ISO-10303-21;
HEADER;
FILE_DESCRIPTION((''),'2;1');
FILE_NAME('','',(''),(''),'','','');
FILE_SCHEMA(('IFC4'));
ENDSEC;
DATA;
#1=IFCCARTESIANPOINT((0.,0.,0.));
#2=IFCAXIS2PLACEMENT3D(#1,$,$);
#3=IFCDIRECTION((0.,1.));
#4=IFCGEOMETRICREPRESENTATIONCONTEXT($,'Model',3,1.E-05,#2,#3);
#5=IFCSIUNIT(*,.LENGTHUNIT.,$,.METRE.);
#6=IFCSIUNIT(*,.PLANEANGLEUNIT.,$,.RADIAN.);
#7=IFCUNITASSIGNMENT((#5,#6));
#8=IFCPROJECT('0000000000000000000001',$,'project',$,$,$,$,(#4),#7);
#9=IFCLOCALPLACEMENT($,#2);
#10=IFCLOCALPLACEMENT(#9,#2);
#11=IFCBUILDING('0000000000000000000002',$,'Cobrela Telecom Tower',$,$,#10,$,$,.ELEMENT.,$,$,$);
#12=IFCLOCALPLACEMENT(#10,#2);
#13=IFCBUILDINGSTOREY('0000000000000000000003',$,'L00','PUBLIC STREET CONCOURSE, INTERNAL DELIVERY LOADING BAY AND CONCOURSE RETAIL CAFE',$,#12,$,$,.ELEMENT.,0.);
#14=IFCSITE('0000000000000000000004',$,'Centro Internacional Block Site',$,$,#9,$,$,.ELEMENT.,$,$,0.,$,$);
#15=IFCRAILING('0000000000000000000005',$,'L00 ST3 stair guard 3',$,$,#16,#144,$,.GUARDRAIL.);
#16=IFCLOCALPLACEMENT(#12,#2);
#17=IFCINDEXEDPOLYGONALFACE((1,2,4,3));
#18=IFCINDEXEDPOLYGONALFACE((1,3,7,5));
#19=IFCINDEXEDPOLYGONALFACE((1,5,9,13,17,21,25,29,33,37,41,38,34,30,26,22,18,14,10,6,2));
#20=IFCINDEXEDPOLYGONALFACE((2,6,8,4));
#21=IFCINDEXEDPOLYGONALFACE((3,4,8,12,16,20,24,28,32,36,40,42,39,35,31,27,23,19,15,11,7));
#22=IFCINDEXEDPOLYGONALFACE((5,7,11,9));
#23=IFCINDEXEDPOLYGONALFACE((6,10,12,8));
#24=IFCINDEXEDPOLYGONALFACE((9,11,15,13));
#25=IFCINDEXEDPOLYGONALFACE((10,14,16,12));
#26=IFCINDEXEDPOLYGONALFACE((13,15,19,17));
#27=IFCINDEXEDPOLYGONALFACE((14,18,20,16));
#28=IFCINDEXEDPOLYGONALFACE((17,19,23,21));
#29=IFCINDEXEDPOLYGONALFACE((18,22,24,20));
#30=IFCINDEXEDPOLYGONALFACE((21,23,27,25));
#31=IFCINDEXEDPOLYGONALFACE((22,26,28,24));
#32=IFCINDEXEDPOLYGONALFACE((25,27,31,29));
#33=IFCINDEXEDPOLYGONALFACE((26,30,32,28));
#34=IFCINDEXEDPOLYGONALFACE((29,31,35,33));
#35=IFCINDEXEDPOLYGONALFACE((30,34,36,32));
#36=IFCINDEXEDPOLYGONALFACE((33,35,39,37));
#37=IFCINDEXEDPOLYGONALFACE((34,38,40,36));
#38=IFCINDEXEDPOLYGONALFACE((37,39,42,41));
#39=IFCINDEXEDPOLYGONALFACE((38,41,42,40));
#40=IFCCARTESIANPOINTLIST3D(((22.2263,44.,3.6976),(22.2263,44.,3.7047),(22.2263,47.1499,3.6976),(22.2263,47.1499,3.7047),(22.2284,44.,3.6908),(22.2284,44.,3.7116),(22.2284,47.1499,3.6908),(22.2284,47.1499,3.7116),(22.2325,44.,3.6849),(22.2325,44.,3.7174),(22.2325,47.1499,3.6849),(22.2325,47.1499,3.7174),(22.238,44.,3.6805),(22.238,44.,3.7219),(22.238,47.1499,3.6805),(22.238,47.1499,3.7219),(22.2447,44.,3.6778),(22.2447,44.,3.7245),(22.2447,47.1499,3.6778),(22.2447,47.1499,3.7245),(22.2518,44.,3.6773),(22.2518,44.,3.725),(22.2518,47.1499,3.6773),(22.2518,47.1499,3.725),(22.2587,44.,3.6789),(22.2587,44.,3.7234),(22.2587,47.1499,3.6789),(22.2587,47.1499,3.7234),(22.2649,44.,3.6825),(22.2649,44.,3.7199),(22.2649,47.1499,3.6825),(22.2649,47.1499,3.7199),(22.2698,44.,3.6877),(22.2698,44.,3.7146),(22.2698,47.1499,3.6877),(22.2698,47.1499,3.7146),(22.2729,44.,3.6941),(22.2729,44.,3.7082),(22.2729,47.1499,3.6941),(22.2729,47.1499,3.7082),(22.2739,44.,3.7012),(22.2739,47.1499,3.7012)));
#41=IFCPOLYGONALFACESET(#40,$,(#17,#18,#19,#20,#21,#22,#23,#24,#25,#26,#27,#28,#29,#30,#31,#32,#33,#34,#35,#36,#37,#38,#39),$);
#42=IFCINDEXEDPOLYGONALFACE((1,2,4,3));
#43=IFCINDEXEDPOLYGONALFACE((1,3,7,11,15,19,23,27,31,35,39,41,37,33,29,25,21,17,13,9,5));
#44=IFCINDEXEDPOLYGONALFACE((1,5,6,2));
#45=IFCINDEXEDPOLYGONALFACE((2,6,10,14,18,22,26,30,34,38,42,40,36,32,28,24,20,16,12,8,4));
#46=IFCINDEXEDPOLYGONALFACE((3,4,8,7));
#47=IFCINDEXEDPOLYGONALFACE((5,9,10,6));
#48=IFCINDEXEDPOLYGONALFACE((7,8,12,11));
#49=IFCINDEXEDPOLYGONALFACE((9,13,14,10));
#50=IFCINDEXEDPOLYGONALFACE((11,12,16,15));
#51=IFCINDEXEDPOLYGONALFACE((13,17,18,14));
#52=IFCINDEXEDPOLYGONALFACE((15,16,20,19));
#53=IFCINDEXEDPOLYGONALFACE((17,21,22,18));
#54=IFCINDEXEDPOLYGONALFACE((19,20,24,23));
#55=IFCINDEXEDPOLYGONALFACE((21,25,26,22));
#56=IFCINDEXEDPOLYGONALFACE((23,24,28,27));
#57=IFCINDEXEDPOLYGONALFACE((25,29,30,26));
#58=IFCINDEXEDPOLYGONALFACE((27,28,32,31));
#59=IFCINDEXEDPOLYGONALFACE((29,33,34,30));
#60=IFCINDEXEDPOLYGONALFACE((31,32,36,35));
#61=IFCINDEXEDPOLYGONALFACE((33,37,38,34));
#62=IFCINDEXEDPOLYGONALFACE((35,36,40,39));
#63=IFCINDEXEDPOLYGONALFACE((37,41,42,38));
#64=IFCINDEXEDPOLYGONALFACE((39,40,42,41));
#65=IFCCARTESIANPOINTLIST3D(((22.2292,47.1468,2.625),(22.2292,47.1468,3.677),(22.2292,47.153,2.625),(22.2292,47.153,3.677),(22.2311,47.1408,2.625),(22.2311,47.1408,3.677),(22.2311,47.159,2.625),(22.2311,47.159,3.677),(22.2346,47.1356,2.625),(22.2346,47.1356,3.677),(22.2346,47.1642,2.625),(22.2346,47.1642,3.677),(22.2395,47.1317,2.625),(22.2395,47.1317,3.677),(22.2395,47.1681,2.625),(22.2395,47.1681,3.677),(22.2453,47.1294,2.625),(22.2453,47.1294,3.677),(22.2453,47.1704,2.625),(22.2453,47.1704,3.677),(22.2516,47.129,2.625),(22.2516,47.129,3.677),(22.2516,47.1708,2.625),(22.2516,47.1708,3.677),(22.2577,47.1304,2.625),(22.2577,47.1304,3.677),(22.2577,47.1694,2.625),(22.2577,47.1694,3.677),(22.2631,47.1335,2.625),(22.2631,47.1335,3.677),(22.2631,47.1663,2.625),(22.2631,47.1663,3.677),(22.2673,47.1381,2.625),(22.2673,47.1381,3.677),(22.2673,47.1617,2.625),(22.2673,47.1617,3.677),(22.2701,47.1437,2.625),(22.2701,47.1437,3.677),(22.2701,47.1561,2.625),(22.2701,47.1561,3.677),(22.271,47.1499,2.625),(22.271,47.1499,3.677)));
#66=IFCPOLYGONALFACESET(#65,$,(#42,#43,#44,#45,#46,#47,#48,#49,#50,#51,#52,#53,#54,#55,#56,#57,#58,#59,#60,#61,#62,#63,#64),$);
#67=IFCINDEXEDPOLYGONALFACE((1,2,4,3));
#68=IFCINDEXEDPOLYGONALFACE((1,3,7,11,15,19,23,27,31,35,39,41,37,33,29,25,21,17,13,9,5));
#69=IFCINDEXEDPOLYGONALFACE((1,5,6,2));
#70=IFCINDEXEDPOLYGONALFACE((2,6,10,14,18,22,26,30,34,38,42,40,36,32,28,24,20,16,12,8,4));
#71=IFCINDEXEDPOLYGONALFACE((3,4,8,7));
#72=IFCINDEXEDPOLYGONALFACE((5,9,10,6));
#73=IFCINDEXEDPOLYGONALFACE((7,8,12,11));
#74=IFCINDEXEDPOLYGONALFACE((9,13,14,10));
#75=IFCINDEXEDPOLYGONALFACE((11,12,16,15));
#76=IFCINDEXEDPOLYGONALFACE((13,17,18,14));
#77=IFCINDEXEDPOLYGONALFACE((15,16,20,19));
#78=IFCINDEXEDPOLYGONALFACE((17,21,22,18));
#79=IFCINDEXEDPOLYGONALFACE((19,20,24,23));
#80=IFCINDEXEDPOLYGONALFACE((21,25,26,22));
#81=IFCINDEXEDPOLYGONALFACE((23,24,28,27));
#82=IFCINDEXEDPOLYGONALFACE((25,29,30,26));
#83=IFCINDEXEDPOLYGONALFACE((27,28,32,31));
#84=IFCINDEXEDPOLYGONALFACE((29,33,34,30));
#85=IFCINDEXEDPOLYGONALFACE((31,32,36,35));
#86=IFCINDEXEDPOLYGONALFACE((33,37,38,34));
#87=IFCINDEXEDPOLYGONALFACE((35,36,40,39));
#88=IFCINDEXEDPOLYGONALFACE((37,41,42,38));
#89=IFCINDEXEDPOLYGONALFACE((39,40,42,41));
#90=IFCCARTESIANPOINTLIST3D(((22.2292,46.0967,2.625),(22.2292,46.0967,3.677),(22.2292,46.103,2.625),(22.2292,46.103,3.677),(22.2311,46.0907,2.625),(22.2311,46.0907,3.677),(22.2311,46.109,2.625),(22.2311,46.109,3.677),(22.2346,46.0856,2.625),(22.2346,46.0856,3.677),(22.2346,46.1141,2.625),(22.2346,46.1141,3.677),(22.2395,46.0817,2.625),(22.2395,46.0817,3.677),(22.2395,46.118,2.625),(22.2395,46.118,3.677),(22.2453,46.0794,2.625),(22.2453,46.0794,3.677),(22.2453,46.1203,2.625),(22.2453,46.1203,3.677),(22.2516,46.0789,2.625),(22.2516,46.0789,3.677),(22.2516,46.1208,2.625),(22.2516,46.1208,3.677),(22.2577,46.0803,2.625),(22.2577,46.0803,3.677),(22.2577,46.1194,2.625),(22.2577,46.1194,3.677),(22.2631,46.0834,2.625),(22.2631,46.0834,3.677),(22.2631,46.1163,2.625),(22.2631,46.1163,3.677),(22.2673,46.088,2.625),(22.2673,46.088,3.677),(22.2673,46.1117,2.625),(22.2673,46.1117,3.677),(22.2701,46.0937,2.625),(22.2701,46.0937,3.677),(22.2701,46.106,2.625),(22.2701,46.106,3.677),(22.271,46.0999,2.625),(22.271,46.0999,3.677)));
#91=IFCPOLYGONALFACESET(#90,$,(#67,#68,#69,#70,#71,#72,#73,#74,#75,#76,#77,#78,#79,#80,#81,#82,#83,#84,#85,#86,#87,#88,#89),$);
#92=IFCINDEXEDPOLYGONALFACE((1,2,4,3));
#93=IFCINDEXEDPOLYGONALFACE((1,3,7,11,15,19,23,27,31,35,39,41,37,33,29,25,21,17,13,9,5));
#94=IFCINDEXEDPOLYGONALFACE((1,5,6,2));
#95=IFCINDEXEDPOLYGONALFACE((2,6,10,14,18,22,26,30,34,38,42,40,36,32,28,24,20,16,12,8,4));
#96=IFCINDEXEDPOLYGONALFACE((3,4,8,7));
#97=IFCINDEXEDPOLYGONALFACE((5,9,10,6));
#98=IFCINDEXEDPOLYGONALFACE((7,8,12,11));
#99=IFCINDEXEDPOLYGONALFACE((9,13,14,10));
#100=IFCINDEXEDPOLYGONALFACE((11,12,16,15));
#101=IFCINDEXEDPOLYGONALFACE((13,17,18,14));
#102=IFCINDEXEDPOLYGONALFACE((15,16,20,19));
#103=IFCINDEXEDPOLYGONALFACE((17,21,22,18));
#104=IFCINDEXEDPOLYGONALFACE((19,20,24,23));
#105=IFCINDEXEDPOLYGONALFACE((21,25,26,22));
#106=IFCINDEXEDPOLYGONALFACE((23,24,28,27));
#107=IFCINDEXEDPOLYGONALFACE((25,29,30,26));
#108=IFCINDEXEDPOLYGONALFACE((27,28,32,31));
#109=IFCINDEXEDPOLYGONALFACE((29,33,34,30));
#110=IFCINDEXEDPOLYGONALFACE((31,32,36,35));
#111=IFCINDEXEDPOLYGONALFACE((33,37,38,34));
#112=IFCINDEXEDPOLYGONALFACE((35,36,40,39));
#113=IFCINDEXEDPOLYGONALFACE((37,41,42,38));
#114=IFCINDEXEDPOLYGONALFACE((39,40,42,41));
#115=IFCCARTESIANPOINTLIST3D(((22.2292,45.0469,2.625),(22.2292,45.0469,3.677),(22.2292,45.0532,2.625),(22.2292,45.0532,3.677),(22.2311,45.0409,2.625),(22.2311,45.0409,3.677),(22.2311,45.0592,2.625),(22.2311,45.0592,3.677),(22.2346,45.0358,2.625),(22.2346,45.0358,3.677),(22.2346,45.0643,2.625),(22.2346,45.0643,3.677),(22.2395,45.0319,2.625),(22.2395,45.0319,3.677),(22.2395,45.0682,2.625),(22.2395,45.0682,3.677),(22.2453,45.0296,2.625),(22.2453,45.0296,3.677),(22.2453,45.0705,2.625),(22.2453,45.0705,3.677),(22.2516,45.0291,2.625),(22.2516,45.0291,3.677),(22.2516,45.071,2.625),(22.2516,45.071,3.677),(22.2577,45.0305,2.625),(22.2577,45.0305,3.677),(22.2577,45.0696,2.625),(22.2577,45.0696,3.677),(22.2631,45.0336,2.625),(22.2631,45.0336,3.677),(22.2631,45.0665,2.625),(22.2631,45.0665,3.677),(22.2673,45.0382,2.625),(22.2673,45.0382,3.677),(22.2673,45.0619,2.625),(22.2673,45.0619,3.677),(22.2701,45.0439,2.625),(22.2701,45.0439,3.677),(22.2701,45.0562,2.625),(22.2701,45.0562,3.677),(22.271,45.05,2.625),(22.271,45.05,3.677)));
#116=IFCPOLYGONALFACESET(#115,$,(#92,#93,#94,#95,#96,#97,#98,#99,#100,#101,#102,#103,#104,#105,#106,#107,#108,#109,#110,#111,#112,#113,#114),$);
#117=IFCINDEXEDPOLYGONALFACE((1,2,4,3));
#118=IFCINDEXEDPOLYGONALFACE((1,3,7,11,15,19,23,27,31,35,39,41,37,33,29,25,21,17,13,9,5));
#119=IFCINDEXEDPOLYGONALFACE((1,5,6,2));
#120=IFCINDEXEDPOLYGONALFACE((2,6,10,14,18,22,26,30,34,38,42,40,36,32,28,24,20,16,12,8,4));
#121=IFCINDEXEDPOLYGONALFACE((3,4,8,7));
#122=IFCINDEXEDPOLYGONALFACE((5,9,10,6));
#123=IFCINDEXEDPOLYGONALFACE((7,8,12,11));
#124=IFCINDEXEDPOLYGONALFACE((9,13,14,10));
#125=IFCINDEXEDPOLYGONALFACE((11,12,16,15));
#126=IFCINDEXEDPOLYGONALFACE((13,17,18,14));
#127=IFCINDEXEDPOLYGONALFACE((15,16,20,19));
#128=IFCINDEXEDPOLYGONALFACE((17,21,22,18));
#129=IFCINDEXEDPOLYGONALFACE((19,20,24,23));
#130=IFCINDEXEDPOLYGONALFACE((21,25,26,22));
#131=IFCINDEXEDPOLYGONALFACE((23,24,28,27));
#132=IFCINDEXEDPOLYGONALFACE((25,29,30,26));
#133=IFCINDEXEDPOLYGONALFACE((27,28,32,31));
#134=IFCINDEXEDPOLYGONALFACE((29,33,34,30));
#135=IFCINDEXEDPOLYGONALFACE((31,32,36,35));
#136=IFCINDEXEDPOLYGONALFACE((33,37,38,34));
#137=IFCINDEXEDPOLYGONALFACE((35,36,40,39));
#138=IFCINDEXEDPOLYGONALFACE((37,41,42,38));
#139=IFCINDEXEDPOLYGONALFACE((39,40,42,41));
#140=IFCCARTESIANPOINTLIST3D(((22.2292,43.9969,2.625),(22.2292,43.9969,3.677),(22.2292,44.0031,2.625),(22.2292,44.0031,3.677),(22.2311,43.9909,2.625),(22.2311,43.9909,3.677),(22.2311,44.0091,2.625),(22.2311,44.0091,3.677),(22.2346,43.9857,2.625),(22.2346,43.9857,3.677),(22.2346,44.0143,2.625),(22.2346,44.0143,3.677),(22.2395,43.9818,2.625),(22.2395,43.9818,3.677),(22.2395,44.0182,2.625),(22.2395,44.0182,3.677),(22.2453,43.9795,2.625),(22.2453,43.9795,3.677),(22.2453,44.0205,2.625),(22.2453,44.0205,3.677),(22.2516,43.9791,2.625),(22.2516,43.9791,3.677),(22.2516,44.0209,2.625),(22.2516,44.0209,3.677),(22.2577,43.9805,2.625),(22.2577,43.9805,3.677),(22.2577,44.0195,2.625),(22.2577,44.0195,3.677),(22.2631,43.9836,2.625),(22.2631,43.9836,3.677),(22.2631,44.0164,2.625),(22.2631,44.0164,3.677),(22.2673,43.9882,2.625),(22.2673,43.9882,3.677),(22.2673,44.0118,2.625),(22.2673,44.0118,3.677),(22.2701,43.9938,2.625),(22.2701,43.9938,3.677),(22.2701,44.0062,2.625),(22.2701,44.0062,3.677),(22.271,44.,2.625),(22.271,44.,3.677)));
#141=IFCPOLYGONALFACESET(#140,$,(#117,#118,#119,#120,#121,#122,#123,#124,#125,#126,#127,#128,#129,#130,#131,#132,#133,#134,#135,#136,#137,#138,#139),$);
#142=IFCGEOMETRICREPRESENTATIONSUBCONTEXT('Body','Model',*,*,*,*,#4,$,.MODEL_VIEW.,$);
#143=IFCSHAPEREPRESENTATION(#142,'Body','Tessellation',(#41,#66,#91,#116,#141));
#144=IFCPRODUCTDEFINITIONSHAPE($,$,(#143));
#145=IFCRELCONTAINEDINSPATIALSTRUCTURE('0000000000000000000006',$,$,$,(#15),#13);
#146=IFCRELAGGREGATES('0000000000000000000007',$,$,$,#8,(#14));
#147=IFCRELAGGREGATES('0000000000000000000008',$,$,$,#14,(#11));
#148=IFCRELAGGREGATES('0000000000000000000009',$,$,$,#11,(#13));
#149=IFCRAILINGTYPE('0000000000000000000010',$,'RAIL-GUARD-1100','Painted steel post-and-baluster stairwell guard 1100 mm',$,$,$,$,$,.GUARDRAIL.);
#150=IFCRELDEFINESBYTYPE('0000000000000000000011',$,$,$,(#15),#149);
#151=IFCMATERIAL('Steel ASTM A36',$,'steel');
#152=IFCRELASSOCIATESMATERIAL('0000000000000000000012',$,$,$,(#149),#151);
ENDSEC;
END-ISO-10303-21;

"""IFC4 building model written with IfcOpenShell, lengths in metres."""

from ifc_helpers import new_model, si_unit, direction, frame, origin, origin_2d, place, context, subcontext, project, spatial, circle, extrude, material, type_object, element, save


model = new_model("IFC4")

# Units and contexts
model_context = context("Model", 3, precision=1e-05, world=origin(), true_north=direction((0.0, 1.0)))
body_context = subcontext(model_context, "Body", "Model", "MODEL_VIEW")
ifc_project = project(units=[si_unit("LENGTHUNIT", "METRE"), si_unit("PLANEANGLEUNIT", "RADIAN")], contexts=[model_context])

# Site, building, storey
site_placement = place(None, origin())
site = spatial("IfcSite", under=ifc_project, at=site_placement, Name="Centro Internacional Block Site", CompositionType="ELEMENT", RefElevation=0.0)
building_placement = place(site_placement, origin())
building = spatial("IfcBuilding", under=site, at=building_placement, Name="Cobrela Telecom Tower", CompositionType="ELEMENT")
storey_placement = place(building_placement, origin())
storey = spatial("IfcBuildingStorey", under=building, at=storey_placement, Name="L00", Description="PUBLIC STREET CONCOURSE, INTERNAL DELIVERY LOADING BAY AND CONCOURSE RETAIL CAFE", CompositionType="ELEMENT", Elevation=0.0)

# Shared definitions
ifc_material_1 = material(Name="Steel ASTM A36", Category="steel")

# Railing
railing_type_1 = type_object("IfcRailingType", Name="RAIL-GUARD-1100", Description="Painted steel post-and-baluster stairwell guard 1100 mm", PredefinedType="GUARDRAIL", material=ifc_material_1)
railing_1_placement = place(storey_placement, frame((22.25, 47.1499, 2.625)))
element("IfcRailing", 1, at=railing_1_placement, inside=storey, type_object=railing_type_1, Name="L00 ST3 stair guard 3", PredefinedType="GUARDRAIL", context=body_context, shape_type="SweptSolid", body=[
    extrude(circle(Radius=0.0239, at=origin_2d()), frame((0.0, 0.0, 1.0762), z_axis=(0.0, -1.0, 0.0), x_axis=(1.0, 0.0, 0.0)), (0.0, 0.0, 1.0), 3.1499),
    extrude(circle(Radius=0.021, at=origin_2d()), origin(), (0.0, 0.0, 1.0), 1.052),
    extrude(circle(Radius=0.021, at=origin_2d()), frame((0.0, -1.05, 0.0)), (0.0, 0.0, 1.0), 1.052),
    extrude(circle(Radius=0.021, at=origin_2d()), frame((0.0, -2.0999, 0.0)), (0.0, 0.0, 1.0), 1.052),
    extrude(circle(Radius=0.021, at=origin_2d()), frame((0.0, -3.1499, 0.0)), (0.0, 0.0, 1.0), 1.052),
])

save(model, "model.ifc")
